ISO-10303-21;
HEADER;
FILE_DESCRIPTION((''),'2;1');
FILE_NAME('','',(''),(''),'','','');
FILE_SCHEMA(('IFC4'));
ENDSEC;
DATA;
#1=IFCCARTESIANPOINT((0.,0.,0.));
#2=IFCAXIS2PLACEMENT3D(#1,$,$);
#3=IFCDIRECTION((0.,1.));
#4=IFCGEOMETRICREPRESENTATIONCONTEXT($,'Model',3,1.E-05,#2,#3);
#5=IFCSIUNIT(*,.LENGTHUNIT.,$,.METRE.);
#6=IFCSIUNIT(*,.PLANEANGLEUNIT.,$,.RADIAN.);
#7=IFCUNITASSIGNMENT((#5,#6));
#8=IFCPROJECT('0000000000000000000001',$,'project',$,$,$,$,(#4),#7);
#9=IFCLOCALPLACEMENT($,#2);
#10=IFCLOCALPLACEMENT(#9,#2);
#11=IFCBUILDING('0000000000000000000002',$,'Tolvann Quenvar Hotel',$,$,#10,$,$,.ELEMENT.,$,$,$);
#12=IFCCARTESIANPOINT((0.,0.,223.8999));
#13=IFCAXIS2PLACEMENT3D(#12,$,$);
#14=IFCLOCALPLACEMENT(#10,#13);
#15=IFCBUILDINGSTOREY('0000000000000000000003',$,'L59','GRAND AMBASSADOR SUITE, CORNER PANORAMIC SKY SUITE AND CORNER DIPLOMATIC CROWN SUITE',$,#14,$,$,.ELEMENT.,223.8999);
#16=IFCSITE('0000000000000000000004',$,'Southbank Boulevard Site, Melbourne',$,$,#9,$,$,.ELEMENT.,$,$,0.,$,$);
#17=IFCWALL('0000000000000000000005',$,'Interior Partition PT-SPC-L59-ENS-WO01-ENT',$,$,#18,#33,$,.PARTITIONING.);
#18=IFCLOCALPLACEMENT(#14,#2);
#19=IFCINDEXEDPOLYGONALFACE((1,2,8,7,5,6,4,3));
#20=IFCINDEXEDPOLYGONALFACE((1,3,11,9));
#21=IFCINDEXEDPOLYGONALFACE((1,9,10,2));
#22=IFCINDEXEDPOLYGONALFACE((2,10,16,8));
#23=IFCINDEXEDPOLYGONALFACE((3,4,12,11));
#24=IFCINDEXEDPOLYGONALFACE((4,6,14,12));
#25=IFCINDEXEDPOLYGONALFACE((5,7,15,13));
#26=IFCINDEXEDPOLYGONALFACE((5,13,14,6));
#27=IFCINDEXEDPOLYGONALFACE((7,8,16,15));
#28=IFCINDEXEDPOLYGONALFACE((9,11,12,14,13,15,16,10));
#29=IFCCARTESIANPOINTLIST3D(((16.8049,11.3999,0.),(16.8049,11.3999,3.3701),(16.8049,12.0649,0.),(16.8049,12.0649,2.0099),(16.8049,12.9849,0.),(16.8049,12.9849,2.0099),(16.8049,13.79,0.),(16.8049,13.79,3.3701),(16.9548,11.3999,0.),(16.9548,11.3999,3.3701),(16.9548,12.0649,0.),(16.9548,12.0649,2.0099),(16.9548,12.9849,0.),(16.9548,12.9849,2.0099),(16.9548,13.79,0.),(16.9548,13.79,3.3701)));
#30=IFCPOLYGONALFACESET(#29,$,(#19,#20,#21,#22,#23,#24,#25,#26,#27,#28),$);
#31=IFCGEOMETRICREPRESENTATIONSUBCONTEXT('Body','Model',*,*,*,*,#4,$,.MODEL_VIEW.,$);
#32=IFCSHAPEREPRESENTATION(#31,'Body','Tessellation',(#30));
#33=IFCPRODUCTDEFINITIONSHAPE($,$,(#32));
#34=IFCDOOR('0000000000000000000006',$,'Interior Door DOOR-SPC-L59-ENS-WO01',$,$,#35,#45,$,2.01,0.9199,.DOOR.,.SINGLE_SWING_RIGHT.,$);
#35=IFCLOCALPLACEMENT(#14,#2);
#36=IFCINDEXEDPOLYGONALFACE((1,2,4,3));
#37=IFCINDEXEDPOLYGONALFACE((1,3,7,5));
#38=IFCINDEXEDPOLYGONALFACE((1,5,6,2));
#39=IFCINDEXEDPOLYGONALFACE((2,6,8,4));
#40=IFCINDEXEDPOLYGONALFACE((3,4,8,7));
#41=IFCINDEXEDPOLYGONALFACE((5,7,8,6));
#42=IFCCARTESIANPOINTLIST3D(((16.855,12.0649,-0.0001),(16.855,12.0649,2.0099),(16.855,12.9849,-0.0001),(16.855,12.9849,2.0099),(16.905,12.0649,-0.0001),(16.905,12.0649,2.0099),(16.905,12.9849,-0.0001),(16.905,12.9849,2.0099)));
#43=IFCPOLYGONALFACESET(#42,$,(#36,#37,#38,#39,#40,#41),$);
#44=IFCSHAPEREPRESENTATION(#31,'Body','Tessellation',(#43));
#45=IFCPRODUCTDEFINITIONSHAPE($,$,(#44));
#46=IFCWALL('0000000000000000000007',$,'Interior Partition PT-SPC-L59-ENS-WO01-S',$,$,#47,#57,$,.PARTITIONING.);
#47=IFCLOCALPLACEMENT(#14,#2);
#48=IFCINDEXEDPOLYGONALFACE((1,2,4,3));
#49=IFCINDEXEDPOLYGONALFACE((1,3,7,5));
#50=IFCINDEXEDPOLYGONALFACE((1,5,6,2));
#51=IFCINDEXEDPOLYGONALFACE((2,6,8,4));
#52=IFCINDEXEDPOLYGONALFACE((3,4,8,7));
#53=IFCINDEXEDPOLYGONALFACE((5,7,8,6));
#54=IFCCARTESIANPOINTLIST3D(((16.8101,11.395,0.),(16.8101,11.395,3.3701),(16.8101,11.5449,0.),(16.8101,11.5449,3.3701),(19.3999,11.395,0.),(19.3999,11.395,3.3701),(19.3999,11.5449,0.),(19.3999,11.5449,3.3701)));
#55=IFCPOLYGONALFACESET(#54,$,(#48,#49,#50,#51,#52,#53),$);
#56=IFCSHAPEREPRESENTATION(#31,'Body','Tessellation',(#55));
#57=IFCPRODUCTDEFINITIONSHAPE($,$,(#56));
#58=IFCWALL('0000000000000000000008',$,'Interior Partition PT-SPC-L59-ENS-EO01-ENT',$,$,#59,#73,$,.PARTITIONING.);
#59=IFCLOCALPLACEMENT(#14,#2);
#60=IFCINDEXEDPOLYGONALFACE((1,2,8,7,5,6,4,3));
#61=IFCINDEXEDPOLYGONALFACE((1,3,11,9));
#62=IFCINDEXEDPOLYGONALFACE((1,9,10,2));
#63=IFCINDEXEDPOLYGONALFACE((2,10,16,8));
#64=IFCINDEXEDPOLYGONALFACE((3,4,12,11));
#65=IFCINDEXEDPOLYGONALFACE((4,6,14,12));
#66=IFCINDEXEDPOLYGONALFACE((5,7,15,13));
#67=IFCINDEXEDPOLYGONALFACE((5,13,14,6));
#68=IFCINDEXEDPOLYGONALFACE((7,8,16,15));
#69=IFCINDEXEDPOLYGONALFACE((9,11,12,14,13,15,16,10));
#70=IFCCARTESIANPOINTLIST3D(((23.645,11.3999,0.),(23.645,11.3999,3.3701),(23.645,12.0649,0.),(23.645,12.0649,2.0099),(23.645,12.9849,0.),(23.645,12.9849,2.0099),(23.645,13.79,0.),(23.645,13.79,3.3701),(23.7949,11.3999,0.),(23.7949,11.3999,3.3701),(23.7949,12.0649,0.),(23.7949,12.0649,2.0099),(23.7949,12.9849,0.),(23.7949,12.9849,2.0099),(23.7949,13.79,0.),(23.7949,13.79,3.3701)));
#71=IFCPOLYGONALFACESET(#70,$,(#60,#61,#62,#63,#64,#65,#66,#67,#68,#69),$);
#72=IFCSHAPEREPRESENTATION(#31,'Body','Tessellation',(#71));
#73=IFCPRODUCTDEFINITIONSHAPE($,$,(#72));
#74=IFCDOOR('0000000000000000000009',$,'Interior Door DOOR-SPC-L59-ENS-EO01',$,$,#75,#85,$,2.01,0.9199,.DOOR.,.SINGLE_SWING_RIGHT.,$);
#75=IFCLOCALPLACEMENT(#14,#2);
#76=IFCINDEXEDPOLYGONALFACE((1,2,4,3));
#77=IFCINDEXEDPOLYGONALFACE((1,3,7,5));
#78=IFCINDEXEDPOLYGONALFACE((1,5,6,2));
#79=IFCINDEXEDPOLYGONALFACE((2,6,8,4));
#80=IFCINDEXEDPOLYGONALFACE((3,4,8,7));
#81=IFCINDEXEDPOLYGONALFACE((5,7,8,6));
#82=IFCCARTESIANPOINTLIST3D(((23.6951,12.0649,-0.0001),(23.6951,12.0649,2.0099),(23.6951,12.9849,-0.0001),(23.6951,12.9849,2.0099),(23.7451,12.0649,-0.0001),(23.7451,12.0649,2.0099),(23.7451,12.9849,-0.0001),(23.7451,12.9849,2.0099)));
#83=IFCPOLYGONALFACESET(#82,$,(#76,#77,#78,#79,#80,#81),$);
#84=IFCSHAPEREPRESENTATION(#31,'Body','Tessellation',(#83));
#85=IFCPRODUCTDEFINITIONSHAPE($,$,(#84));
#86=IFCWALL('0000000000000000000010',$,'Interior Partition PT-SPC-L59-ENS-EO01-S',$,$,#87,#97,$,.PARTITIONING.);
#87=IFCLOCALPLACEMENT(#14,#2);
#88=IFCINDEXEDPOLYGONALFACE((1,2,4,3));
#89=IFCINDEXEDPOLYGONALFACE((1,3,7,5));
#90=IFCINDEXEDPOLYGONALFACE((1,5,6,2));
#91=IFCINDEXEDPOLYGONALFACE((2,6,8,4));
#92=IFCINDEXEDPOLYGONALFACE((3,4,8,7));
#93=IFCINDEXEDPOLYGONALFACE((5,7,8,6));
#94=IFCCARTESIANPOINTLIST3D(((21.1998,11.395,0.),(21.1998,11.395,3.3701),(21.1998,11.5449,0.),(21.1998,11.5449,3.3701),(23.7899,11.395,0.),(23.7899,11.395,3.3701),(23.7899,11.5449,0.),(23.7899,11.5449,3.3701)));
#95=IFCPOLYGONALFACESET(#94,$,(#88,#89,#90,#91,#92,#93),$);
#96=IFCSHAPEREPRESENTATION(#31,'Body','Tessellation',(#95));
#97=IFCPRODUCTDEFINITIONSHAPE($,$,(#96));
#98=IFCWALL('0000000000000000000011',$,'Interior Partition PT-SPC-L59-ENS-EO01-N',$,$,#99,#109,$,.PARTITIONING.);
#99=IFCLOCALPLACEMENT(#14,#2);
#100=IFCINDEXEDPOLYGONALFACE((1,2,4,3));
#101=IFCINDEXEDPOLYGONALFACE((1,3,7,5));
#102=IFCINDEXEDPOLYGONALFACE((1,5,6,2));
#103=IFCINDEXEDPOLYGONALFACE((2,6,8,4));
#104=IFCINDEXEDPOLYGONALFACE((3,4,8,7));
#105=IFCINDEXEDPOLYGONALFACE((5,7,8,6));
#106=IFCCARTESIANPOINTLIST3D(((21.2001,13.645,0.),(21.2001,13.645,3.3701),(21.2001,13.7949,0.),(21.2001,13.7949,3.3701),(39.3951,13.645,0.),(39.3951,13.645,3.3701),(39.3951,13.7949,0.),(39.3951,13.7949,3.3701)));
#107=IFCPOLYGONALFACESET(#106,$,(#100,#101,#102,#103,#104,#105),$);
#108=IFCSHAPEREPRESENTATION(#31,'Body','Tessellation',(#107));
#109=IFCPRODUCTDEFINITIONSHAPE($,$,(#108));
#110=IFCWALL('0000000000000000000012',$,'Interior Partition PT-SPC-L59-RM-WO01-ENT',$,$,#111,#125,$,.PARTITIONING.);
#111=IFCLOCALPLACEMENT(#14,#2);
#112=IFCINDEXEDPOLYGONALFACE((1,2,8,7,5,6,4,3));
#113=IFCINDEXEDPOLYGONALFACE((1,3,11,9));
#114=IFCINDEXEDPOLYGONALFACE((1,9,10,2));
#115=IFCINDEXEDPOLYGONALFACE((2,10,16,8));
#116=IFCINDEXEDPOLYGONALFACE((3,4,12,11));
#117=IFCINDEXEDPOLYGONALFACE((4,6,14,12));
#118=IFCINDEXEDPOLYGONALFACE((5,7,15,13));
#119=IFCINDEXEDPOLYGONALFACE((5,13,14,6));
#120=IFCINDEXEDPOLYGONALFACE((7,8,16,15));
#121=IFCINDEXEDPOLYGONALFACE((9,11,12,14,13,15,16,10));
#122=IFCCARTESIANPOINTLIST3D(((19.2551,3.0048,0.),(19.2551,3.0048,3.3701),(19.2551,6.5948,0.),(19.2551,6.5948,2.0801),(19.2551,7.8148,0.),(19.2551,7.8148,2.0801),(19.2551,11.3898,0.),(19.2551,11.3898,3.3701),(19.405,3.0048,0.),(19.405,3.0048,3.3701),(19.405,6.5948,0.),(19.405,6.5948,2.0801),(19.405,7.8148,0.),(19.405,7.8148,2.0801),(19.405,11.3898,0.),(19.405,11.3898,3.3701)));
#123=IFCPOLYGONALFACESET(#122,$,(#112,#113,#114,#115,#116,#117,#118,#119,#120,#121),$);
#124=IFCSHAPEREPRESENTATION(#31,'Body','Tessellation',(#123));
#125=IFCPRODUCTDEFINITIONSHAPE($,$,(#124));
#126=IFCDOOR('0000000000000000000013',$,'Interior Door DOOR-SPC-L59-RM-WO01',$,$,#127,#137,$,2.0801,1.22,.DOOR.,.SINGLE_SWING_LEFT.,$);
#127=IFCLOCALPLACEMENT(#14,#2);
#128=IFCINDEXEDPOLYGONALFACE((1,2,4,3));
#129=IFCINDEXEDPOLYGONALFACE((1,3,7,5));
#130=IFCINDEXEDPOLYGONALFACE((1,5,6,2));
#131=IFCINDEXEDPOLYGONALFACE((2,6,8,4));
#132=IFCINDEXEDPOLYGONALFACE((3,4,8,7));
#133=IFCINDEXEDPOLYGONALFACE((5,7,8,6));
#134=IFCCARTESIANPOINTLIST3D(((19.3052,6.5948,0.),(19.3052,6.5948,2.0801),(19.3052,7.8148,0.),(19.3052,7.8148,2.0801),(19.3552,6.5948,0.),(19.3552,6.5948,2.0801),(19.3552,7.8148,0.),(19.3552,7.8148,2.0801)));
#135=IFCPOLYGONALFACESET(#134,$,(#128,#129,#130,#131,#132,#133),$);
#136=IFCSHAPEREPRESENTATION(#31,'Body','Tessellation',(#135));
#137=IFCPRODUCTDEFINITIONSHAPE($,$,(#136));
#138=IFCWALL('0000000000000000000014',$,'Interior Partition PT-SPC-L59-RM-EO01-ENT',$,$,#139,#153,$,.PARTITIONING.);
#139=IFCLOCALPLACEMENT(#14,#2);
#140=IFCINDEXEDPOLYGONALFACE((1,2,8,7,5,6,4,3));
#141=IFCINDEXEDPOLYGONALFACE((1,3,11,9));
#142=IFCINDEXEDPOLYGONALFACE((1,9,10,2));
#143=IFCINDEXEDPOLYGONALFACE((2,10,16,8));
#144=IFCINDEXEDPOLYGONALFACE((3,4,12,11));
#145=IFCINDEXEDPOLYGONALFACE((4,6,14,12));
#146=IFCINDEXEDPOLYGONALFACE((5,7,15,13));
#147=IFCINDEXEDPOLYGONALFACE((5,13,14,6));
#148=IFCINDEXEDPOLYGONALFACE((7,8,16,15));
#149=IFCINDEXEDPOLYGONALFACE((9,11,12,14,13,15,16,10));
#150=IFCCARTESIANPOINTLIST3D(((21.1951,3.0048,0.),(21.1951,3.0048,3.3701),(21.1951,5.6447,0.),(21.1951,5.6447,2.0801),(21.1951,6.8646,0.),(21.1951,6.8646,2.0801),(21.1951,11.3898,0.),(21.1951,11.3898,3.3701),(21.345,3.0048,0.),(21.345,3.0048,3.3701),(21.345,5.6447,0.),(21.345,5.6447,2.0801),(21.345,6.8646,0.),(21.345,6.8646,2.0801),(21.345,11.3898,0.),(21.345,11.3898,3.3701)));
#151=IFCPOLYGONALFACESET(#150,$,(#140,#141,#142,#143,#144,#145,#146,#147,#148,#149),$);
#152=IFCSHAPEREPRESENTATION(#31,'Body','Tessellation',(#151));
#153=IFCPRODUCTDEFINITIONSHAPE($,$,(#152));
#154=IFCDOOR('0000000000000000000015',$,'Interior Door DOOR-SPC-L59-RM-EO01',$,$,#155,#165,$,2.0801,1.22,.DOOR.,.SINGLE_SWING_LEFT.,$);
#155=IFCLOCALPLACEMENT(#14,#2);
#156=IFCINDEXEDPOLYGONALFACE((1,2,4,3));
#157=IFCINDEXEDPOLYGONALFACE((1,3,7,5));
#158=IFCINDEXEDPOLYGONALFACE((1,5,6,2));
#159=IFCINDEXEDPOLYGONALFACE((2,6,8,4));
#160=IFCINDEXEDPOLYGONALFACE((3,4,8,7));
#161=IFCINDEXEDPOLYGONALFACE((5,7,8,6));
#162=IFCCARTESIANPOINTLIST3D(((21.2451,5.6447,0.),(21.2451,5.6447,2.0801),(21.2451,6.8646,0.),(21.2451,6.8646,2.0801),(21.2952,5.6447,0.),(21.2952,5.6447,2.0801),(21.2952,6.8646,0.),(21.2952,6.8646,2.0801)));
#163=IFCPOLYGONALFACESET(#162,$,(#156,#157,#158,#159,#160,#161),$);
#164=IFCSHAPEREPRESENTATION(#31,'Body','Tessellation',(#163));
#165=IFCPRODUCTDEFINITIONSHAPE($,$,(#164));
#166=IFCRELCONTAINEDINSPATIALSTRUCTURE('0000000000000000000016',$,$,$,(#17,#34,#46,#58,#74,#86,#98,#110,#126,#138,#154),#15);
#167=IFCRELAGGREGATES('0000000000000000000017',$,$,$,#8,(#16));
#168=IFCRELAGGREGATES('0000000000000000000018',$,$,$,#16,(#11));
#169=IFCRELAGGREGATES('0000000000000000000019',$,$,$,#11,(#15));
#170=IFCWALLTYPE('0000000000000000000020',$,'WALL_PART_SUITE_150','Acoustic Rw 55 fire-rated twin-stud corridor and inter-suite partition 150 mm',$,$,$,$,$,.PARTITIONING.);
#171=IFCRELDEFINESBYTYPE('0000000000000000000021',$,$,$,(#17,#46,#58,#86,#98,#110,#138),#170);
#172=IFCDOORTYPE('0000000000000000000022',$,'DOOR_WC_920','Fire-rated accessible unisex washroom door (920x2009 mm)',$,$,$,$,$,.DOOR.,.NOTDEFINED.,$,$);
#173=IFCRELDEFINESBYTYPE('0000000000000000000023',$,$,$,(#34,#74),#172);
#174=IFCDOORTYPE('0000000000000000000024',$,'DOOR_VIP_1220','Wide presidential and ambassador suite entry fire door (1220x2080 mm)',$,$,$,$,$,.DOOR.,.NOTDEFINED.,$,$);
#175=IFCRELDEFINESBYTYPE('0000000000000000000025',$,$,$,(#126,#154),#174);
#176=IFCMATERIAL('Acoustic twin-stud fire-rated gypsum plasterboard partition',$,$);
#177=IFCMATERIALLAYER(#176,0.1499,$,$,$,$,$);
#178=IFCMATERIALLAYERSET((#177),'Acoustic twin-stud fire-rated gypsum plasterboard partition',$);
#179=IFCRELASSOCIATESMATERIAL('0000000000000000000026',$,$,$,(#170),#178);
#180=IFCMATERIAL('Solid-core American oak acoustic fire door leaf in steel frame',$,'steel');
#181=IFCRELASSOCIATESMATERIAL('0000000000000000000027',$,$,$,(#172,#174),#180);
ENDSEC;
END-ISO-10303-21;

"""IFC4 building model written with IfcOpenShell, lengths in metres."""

from ifc_helpers import new_model, si_unit, direction, frame, frame_2d, origin, place, context, subcontext, project, spatial, rectangle, extrude, source, transform, mapped, material, layer, layer_set, type_object, type_shapes, element, fill, save


model = new_model("IFC4")

# Units and contexts
model_context = context("Model", 3, precision=1e-05, world=origin(), true_north=direction((0.0, 1.0)))
body_context = subcontext(model_context, "Body", "Model", "MODEL_VIEW")
ifc_project = project(units=[si_unit("LENGTHUNIT", "METRE"), si_unit("PLANEANGLEUNIT", "RADIAN")], contexts=[model_context])

# Site, building, storey
site_placement = place(None, origin())
site = spatial("IfcSite", under=ifc_project, at=site_placement, Name="Southbank Boulevard Site, Melbourne", CompositionType="ELEMENT", RefElevation=0.0)
building_placement = place(site_placement, origin())
building = spatial("IfcBuilding", under=site, at=building_placement, Name="Tolvann Quenvar Hotel", CompositionType="ELEMENT")
storey_placement = place(building_placement, frame((0.0, 0.0, 223.8999)))
storey = spatial("IfcBuildingStorey", under=building, at=storey_placement, Name="L59", Description="GRAND AMBASSADOR SUITE, CORNER PANORAMIC SKY SUITE AND CORNER DIPLOMATIC CROWN SUITE", CompositionType="ELEMENT", Elevation=223.8999)

# Wall, opening, door
ifc_material_1 = material(Name="Acoustic twin-stud fire-rated gypsum plasterboard partition")
ifc_layer_1 = layer(ifc_material_1, 0.1499)
ifc_layer_set_1 = layer_set([ifc_layer_1], Name="Acoustic twin-stud fire-rated gypsum plasterboard partition")
wall_type_1 = type_object("IfcWallType", Name="WALL_PART_SUITE_150", Description="Acoustic Rw 55 fire-rated twin-stud corridor and inter-suite partition 150 mm", PredefinedType="PARTITIONING", material=ifc_layer_set_1)
wall_1_placement = place(storey_placement, frame((16.8799, 11.3999, 0.0), z_axis=(0.0, 0.0, 1.0), x_axis=(0.0, 1.0, 0.0)))
wall_1 = element("IfcWall", 1, at=wall_1_placement, inside=storey, type_object=wall_type_1, Name="Interior Partition PT-SPC-L59-ENS-WO01-ENT", PredefinedType="PARTITIONING", context=body_context, shape_type="SweptSolid", body=[
    extrude(rectangle(XDim=2.3901, YDim=0.1499, at=frame_2d((1.1951, 0.0))), origin(), (0.0, 0.0, 1.0), 3.3701),
])
opening_1_placement = place(wall_1_placement, frame((0.665, 0.0, 0.0)))
opening_1 = element("IfcOpeningElement", 2, at=opening_1_placement, cuts=wall_1, PredefinedType="OPENING", context=body_context, shape_type="SweptSolid", body=[
    extrude(rectangle(XDim=0.9199, YDim=2.01, at=frame_2d((0.46, 1.0049))), frame((0.0, 0.085, 0.0), z_axis=(0.0, -1.0, 0.0), x_axis=(1.0, 0.0, 0.0)), (0.0, 0.0, 1.0), 0.1699),
])
ifc_material_2 = material(Name="Solid-core American oak acoustic fire door leaf in steel frame", Category="steel")
door_type_1 = type_object("IfcDoorType", Name="DOOR_WC_920", Description="Fire-rated accessible unisex washroom door (920x2009 mm)", OperationType="NOTDEFINED", PredefinedType="DOOR", material=ifc_material_2)
shared_shape_1 = source(origin(), body_context, "Body", "SweptSolid", [
    extrude(rectangle(XDim=0.9199, YDim=2.01, at=frame_2d((0.46, 1.0049))), frame((0.0, 0.0249, 0.0), z_axis=(0.0, -1.0, 0.0), x_axis=(1.0, 0.0, 0.0)), (0.0, 0.0, 1.0), 0.05),
])
type_shapes(door_type_1, [shared_shape_1])
door_1_placement = place(opening_1_placement, origin())
door_1 = element("IfcDoor", 3, at=door_1_placement, inside=storey, type_object=door_type_1, Name="Interior Door DOOR-SPC-L59-ENS-WO01", OperationType="SINGLE_SWING_RIGHT", OverallHeight=2.01, OverallWidth=0.9199, PredefinedType="DOOR", context=body_context, shape_type="MappedRepresentation", body=[
    mapped(shared_shape_1, transform((0.0, 0.0, 0.0), x_axis=(1.0, 0.0, 0.0), y_axis=(0.0, 1.0, 0.0), z_axis=(0.0, 0.0, 1.0), scale=1.0)),
])
fill(opening_1, door_1)

# Wall
wall_2_placement = place(storey_placement, frame((16.8101, 11.47, 0.0), z_axis=(0.0, 0.0, 1.0), x_axis=(1.0, 0.0, 0.0)))
element("IfcWall", 4, at=wall_2_placement, inside=storey, type_object=wall_type_1, Name="Interior Partition PT-SPC-L59-ENS-WO01-S", PredefinedType="PARTITIONING", context=body_context, shape_type="SweptSolid", body=[
    extrude(rectangle(XDim=2.5898, YDim=0.1499, at=frame_2d((1.2949, 0.0))), origin(), (0.0, 0.0, 1.0), 3.3701),
])

# Wall, opening, door
wall_3_placement = place(storey_placement, frame((23.72, 11.3999, 0.0), z_axis=(0.0, 0.0, 1.0), x_axis=(0.0, 1.0, 0.0)))
wall_3 = element("IfcWall", 5, at=wall_3_placement, inside=storey, type_object=wall_type_1, Name="Interior Partition PT-SPC-L59-ENS-EO01-ENT", PredefinedType="PARTITIONING", context=body_context, shape_type="SweptSolid", body=[
    extrude(rectangle(XDim=2.3901, YDim=0.1499, at=frame_2d((1.1951, 0.0))), origin(), (0.0, 0.0, 1.0), 3.3701),
])
opening_2_placement = place(wall_3_placement, frame((0.665, 0.0, 0.0)))
opening_2 = element("IfcOpeningElement", 6, at=opening_2_placement, cuts=wall_3, PredefinedType="OPENING", context=body_context, shape_type="SweptSolid", body=[
    extrude(rectangle(XDim=0.9199, YDim=2.01, at=frame_2d((0.46, 1.0049))), frame((0.0, 0.085, 0.0), z_axis=(0.0, -1.0, 0.0), x_axis=(1.0, 0.0, 0.0)), (0.0, 0.0, 1.0), 0.1699),
])
door_2_placement = place(opening_2_placement, origin())
door_2 = element("IfcDoor", 7, at=door_2_placement, inside=storey, type_object=door_type_1, Name="Interior Door DOOR-SPC-L59-ENS-EO01", OperationType="SINGLE_SWING_RIGHT", OverallHeight=2.01, OverallWidth=0.9199, PredefinedType="DOOR", context=body_context, shape_type="MappedRepresentation", body=[
    mapped(shared_shape_1, transform((0.0, 0.0, 0.0), x_axis=(1.0, 0.0, 0.0), y_axis=(0.0, 1.0, 0.0), z_axis=(0.0, 0.0, 1.0), scale=1.0)),
])
fill(opening_2, door_2)

# Walls
wall_4_placement = place(storey_placement, frame((21.2, 11.47, 0.0), z_axis=(0.0, 0.0, 1.0), x_axis=(1.0, 0.0, 0.0)))
element("IfcWall", 8, at=wall_4_placement, inside=storey, type_object=wall_type_1, Name="Interior Partition PT-SPC-L59-ENS-EO01-S", PredefinedType="PARTITIONING", context=body_context, shape_type="SweptSolid", body=[
    extrude(rectangle(XDim=2.5901, YDim=0.1499, at=frame_2d((1.2949, 0.0))), origin(), (0.0, 0.0, 1.0), 3.3701),
])
wall_5_placement = place(storey_placement, frame((21.2, 13.72, 0.0), z_axis=(0.0, 0.0, 1.0), x_axis=(1.0, 0.0, 0.0)))
element("IfcWall", 9, at=wall_5_placement, inside=storey, type_object=wall_type_1, Name="Interior Partition PT-SPC-L59-ENS-EO01-N", PredefinedType="PARTITIONING", context=body_context, shape_type="SweptSolid", body=[
    extrude(rectangle(XDim=18.1951, YDim=0.1499, at=frame_2d((9.0977, 0.0))), origin(), (0.0, 0.0, 1.0), 3.3701),
])

# Walls, openings, doors
wall_6_placement = place(storey_placement, frame((19.3301, 3.0049, 0.0), z_axis=(0.0, 0.0, 1.0), x_axis=(0.0, 1.0, 0.0)))
wall_6 = element("IfcWall", 10, at=wall_6_placement, inside=storey, type_object=wall_type_1, Name="Interior Partition PT-SPC-L59-RM-WO01-ENT", PredefinedType="PARTITIONING", context=body_context, shape_type="SweptSolid", body=[
    extrude(rectangle(XDim=8.385, YDim=0.1499, at=frame_2d((4.1924, 0.0))), origin(), (0.0, 0.0, 1.0), 3.3701),
])
opening_3_placement = place(wall_6_placement, frame((3.5901, 0.0, 0.0)))
opening_3 = element("IfcOpeningElement", 11, at=opening_3_placement, cuts=wall_6, PredefinedType="OPENING", context=body_context, shape_type="SweptSolid", body=[
    extrude(rectangle(XDim=1.22, YDim=2.0801, at=frame_2d((0.6099, 1.04))), frame((0.0, 0.085, 0.0), z_axis=(0.0, -1.0, 0.0), x_axis=(1.0, 0.0, 0.0)), (0.0, 0.0, 1.0), 0.1699),
])
door_type_2 = type_object("IfcDoorType", Name="DOOR_VIP_1220", Description="Wide presidential and ambassador suite entry fire door (1220x2080 mm)", OperationType="NOTDEFINED", PredefinedType="DOOR", material=ifc_material_2)
shared_shape_2 = source(origin(), body_context, "Body", "SweptSolid", [
    extrude(rectangle(XDim=1.22, YDim=2.0801, at=frame_2d((0.6099, 1.04))), frame((0.0, 0.0249, 0.0), z_axis=(0.0, -1.0, 0.0), x_axis=(1.0, 0.0, 0.0)), (0.0, 0.0, 1.0), 0.05),
])
type_shapes(door_type_2, [shared_shape_2])
door_3_placement = place(opening_3_placement, origin())
door_3 = element("IfcDoor", 12, at=door_3_placement, inside=storey, type_object=door_type_2, Name="Interior Door DOOR-SPC-L59-RM-WO01", OperationType="SINGLE_SWING_LEFT", OverallHeight=2.0801, OverallWidth=1.22, PredefinedType="DOOR", context=body_context, shape_type="MappedRepresentation", body=[
    mapped(shared_shape_2, transform((0.0, 0.0, 0.0), x_axis=(1.0, 0.0, 0.0), y_axis=(0.0, 1.0, 0.0), z_axis=(0.0, 0.0, 1.0), scale=1.0)),
])
fill(opening_3, door_3)
wall_7_placement = place(storey_placement, frame((21.27, 3.0049, 0.0), z_axis=(0.0, 0.0, 1.0), x_axis=(0.0, 1.0, 0.0)))
wall_7 = element("IfcWall", 13, at=wall_7_placement, inside=storey, type_object=wall_type_1, Name="Interior Partition PT-SPC-L59-RM-EO01-ENT", PredefinedType="PARTITIONING", context=body_context, shape_type="SweptSolid", body=[
    extrude(rectangle(XDim=8.385, YDim=0.1499, at=frame_2d((4.1924, 0.0))), origin(), (0.0, 0.0, 1.0), 3.3701),
])
opening_4_placement = place(wall_7_placement, frame((2.6399, 0.0, 0.0)))
opening_4 = element("IfcOpeningElement", 14, at=opening_4_placement, cuts=wall_7, PredefinedType="OPENING", context=body_context, shape_type="SweptSolid", body=[
    extrude(rectangle(XDim=1.22, YDim=2.0801, at=frame_2d((0.6099, 1.04))), frame((0.0, 0.085, 0.0), z_axis=(0.0, -1.0, 0.0), x_axis=(1.0, 0.0, 0.0)), (0.0, 0.0, 1.0), 0.1699),
])
door_4_placement = place(opening_4_placement, origin())
door_4 = element("IfcDoor", 15, at=door_4_placement, inside=storey, type_object=door_type_2, Name="Interior Door DOOR-SPC-L59-RM-EO01", OperationType="SINGLE_SWING_LEFT", OverallHeight=2.0801, OverallWidth=1.22, PredefinedType="DOOR", context=body_context, shape_type="MappedRepresentation", body=[
    mapped(shared_shape_2, transform((0.0, 0.0, 0.0), x_axis=(1.0, 0.0, 0.0), y_axis=(0.0, 1.0, 0.0), z_axis=(0.0, 0.0, 1.0), scale=1.0)),
])
fill(opening_4, door_4)

save(model, "model.ifc")
